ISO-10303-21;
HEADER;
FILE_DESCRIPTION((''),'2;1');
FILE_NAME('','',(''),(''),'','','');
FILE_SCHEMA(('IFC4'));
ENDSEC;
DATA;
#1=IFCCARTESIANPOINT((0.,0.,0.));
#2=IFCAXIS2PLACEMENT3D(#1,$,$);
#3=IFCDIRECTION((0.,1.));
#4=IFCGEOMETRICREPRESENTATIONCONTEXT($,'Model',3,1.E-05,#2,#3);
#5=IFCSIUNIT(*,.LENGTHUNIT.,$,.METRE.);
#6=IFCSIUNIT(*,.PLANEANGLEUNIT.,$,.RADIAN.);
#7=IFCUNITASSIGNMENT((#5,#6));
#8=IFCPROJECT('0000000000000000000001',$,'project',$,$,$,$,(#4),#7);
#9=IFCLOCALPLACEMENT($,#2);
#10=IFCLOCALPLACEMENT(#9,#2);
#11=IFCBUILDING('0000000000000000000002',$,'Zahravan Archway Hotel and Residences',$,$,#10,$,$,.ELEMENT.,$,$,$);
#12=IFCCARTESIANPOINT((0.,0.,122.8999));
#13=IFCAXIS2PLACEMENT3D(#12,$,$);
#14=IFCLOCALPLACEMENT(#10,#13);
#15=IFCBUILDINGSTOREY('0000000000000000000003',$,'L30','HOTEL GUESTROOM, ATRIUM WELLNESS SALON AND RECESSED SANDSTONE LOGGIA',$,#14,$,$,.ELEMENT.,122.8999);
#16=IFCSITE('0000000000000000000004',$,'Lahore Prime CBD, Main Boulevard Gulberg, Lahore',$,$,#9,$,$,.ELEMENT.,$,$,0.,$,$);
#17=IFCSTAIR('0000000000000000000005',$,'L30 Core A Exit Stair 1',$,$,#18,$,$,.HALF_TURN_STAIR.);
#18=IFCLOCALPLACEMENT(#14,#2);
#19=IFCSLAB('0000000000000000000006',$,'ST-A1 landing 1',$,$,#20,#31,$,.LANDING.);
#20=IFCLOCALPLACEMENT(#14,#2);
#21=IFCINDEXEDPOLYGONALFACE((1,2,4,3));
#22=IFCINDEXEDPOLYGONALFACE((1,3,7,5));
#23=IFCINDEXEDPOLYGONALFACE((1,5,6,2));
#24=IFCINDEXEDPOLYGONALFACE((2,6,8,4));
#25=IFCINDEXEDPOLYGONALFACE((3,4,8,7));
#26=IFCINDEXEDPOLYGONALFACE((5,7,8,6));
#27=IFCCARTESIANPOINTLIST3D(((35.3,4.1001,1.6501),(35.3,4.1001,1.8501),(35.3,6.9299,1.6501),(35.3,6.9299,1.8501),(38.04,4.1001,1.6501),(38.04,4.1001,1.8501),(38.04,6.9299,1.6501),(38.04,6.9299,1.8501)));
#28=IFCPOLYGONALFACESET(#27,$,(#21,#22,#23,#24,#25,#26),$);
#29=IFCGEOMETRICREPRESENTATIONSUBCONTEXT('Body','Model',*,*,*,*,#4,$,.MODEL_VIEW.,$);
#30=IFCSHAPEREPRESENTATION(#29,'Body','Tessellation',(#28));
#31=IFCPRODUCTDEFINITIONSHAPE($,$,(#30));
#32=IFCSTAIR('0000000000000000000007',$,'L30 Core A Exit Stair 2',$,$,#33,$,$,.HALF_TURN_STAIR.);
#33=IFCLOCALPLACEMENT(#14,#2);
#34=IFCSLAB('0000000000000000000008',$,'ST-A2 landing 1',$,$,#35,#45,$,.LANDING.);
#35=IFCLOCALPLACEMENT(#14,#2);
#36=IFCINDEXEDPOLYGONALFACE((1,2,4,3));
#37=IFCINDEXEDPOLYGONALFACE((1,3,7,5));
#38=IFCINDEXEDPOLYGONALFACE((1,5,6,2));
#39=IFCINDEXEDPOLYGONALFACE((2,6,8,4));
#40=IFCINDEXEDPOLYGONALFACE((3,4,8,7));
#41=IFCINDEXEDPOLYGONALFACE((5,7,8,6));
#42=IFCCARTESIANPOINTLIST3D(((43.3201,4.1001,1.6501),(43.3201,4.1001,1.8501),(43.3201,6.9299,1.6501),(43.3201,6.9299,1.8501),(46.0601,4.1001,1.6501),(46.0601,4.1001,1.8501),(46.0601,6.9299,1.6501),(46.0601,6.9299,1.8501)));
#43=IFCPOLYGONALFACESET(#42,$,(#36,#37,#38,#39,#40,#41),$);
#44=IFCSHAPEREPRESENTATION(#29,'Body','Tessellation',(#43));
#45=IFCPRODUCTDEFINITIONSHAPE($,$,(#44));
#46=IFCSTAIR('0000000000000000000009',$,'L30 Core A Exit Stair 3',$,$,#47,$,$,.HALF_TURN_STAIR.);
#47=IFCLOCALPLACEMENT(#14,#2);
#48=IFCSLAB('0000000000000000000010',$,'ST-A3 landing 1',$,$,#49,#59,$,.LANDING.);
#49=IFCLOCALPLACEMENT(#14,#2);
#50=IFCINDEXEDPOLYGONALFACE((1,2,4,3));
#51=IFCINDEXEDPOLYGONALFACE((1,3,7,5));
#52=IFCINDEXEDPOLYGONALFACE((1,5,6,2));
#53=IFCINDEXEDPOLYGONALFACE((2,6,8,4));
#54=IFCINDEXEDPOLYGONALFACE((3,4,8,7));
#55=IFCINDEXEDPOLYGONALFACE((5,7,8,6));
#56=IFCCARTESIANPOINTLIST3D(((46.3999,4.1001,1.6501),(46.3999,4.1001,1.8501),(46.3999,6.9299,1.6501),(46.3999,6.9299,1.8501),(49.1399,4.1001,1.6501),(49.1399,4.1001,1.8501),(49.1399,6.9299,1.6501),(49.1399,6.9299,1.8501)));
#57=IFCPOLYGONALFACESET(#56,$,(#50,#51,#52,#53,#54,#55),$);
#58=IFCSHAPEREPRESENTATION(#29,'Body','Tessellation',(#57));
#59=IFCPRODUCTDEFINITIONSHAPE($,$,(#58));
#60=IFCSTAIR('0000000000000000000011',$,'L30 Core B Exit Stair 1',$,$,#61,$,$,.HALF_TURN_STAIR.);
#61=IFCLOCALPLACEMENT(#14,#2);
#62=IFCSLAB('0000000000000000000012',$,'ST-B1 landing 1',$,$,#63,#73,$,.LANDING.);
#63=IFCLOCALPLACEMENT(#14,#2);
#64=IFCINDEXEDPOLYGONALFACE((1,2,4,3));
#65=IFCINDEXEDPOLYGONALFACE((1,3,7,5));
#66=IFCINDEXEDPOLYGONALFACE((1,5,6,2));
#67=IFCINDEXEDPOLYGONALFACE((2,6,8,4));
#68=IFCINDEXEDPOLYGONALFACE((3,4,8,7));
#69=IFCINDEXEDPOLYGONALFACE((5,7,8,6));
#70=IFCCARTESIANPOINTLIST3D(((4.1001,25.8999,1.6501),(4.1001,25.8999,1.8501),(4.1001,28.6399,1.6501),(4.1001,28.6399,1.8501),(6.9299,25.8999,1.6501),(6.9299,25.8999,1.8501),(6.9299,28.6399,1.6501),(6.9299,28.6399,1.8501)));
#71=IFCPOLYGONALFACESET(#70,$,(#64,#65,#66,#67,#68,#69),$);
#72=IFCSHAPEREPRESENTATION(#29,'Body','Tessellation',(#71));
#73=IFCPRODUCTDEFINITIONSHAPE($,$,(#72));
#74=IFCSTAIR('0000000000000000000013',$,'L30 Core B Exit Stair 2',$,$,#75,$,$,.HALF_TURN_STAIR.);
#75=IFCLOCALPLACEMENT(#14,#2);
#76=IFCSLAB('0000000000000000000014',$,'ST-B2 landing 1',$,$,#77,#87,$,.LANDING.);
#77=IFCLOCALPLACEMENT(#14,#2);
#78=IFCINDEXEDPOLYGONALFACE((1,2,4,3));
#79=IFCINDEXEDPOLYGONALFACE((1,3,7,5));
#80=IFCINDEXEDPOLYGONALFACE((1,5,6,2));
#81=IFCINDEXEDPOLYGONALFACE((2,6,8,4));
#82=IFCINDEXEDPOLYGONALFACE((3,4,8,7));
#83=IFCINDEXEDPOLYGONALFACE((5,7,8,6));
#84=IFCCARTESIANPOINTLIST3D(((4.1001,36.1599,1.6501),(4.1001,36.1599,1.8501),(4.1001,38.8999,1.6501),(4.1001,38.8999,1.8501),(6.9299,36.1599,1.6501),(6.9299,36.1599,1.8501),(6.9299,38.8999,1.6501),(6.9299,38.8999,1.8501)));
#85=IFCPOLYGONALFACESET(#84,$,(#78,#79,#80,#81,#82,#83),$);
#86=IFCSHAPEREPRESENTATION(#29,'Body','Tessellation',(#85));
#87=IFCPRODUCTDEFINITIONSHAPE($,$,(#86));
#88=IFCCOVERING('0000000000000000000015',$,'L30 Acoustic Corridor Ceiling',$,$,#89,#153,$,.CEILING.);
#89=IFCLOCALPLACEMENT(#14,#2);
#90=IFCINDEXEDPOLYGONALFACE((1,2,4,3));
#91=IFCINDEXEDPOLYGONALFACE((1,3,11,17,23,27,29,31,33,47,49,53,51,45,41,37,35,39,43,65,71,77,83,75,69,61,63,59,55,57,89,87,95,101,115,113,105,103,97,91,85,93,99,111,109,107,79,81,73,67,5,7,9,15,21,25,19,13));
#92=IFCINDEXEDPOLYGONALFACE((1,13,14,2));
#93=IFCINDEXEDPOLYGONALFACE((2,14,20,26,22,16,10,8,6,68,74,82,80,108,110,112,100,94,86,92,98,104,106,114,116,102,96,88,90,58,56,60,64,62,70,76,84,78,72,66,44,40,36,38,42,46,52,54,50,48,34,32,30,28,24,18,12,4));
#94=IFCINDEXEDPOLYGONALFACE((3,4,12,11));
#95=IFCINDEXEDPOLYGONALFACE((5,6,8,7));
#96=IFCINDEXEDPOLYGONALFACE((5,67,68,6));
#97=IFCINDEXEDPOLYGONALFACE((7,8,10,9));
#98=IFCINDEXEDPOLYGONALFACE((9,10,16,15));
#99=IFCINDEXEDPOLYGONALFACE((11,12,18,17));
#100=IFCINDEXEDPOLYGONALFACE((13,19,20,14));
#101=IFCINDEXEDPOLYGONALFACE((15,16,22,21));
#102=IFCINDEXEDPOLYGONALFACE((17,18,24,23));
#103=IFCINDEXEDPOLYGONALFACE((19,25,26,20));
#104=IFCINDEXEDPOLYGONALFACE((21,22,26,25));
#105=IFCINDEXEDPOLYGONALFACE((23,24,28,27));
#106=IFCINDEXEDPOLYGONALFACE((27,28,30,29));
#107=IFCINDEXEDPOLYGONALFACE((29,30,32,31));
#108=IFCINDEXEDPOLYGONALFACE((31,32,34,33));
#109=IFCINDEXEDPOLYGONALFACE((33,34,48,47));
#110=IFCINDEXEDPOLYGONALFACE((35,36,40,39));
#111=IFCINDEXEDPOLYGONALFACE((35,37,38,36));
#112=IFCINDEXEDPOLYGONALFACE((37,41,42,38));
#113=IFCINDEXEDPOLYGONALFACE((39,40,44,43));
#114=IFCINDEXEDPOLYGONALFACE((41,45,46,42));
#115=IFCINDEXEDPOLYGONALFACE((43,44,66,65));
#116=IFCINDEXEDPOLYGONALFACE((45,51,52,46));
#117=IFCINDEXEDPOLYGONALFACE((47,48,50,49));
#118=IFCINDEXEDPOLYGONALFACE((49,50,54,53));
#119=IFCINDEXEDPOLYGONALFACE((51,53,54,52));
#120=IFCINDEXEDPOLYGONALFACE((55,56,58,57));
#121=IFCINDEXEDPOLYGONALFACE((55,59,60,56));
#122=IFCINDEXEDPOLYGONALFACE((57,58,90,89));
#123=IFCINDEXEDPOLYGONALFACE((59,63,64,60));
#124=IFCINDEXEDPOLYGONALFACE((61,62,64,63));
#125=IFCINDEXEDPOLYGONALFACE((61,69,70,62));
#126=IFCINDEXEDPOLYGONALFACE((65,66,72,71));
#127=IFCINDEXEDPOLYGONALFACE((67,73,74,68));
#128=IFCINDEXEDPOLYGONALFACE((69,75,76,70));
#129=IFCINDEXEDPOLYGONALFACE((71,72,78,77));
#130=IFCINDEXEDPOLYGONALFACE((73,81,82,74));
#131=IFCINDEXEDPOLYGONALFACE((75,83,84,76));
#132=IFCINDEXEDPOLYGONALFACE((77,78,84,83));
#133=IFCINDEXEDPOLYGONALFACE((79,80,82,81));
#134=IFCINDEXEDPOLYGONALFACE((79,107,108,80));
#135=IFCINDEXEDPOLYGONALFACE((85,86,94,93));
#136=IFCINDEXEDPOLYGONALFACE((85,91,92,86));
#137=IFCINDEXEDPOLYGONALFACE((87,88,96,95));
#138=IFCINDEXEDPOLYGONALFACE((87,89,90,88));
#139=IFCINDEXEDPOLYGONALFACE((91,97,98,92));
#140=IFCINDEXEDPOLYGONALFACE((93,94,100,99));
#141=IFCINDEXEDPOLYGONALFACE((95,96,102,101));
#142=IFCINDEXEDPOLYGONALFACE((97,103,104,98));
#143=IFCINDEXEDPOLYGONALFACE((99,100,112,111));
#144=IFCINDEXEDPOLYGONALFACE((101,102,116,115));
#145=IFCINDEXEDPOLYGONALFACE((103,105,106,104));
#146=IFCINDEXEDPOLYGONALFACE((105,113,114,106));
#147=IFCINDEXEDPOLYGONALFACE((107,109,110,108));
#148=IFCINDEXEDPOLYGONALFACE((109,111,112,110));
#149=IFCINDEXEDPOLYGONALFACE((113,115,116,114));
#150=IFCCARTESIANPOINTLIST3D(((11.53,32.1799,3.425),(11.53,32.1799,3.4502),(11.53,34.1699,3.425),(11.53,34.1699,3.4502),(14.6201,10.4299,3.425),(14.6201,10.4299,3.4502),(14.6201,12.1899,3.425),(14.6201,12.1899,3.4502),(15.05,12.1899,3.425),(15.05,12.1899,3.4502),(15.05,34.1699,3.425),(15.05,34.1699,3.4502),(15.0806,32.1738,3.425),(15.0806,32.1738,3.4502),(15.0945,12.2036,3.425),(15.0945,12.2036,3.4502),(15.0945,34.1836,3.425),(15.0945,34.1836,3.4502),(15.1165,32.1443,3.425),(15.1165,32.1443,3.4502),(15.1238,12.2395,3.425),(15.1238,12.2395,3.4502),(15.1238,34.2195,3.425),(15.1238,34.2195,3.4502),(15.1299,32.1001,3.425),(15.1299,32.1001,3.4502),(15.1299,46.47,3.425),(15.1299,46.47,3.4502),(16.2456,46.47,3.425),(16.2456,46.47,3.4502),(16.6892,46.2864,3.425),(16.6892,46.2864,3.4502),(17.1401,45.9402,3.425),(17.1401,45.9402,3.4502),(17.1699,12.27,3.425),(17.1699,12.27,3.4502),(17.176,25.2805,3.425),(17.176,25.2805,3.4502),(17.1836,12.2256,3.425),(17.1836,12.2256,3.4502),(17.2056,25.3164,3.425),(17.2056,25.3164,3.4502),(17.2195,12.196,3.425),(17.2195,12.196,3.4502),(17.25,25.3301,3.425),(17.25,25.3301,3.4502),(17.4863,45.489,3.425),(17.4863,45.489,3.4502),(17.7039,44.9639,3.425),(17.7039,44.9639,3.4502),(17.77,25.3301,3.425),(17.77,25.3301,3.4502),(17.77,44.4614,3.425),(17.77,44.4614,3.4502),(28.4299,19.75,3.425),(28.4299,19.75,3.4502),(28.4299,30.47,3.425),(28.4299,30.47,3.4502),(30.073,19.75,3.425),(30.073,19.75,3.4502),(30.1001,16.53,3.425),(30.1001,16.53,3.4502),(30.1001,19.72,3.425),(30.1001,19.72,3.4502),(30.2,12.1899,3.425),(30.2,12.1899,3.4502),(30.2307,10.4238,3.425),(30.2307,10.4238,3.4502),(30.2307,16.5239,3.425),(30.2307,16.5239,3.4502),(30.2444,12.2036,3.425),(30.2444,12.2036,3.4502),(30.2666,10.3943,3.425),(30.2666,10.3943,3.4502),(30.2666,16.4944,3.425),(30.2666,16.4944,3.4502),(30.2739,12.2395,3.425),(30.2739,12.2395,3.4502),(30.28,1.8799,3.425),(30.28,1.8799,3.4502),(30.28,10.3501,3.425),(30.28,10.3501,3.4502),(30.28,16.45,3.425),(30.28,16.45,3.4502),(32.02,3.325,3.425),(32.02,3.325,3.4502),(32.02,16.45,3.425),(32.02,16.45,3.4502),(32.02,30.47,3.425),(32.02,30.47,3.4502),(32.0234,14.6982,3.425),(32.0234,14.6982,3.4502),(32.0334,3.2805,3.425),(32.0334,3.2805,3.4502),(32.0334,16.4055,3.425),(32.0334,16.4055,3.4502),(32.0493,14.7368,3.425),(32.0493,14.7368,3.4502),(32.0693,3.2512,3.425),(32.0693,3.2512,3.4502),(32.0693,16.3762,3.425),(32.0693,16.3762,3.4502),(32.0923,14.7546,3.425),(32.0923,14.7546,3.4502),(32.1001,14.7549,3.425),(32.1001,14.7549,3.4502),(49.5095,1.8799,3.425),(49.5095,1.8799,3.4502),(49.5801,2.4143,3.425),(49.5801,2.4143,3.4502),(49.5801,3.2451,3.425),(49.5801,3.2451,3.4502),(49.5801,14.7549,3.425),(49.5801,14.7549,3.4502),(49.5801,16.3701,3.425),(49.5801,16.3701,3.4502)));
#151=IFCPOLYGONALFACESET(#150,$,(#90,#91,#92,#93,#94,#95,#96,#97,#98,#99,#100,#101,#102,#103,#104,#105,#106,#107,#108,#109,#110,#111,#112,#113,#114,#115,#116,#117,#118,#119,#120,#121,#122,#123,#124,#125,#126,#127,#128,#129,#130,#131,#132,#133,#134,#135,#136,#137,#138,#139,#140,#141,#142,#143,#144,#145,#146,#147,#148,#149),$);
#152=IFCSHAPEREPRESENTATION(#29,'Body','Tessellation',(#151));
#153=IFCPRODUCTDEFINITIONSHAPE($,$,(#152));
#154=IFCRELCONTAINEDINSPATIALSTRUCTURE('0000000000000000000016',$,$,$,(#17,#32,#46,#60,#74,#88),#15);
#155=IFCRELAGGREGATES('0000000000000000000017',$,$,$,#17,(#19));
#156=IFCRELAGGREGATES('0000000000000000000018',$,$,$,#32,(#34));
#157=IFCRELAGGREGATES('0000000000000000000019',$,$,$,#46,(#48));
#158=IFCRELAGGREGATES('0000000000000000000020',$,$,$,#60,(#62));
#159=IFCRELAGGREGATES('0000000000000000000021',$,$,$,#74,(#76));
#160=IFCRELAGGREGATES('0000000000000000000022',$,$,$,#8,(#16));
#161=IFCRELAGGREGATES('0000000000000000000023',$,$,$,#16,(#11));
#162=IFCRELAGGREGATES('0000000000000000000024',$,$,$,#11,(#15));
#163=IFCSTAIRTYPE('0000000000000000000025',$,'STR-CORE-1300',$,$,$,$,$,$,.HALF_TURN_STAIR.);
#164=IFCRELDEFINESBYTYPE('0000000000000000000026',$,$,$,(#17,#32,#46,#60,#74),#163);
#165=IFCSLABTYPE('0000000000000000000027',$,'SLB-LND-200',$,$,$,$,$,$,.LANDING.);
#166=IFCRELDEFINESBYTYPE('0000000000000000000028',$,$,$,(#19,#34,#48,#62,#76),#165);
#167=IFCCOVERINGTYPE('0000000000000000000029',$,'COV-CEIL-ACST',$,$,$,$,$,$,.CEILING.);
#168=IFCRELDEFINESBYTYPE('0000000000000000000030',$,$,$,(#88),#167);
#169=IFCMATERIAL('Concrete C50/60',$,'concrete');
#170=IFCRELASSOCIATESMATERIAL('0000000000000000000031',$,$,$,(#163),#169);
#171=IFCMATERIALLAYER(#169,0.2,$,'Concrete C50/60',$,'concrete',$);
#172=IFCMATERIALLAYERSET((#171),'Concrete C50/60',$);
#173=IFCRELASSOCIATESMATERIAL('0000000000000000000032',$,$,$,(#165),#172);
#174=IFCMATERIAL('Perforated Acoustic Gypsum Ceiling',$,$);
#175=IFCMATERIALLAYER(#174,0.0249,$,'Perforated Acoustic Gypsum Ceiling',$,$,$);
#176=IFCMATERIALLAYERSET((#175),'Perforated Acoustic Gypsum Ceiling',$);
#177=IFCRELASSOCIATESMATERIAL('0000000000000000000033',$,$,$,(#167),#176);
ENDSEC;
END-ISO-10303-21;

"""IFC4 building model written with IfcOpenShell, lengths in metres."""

from ifc_helpers import new_model, si_unit, direction, frame, origin, place, context, subcontext, project, spatial, polyline, outline, extrude, material, layer, layer_set, type_object, element, aggregate, save


model = new_model("IFC4")

# Units and contexts
model_context = context("Model", 3, precision=1e-05, world=origin(), true_north=direction((0.0, 1.0)))
body_context = subcontext(model_context, "Body", "Model", "MODEL_VIEW")
ifc_project = project(units=[si_unit("LENGTHUNIT", "METRE"), si_unit("PLANEANGLEUNIT", "RADIAN")], contexts=[model_context])

# Site, building, storey
site_placement = place(None, origin())
site = spatial("IfcSite", under=ifc_project, at=site_placement, Name="Lahore Prime CBD, Main Boulevard Gulberg, Lahore", CompositionType="ELEMENT", RefElevation=0.0)
building_placement = place(site_placement, origin())
building = spatial("IfcBuilding", under=site, at=building_placement, Name="Zahravan Archway Hotel and Residences", CompositionType="ELEMENT")
storey_placement = place(building_placement, frame((0.0, 0.0, 122.8999)))
storey = spatial("IfcBuildingStorey", under=building, at=storey_placement, Name="L30", Description="HOTEL GUESTROOM, ATRIUM WELLNESS SALON AND RECESSED SANDSTONE LOGGIA", CompositionType="ELEMENT", Elevation=122.8999)

# Stairs, slabs
ifc_material_1 = material(Name="Concrete C50/60", Category="concrete")
stair_type = type_object("IfcStairType", Name="STR-CORE-1300", PredefinedType="HALF_TURN_STAIR", material=ifc_material_1)
stair_1_placement = place(storey_placement, origin())
stair_1 = element("IfcStair", 1, at=stair_1_placement, inside=storey, type_object=stair_type, Name="L30 Core A Exit Stair 1", PredefinedType="HALF_TURN_STAIR")
ifc_layer_1 = layer(ifc_material_1, 0.2, Name="Concrete C50/60", Category="concrete")
ifc_layer_set_1 = layer_set([ifc_layer_1], Name="Concrete C50/60")
slab_type_1 = type_object("IfcSlabType", Name="SLB-LND-200", PredefinedType="LANDING", material=ifc_layer_set_1)
slab_1_placement = place(storey_placement, frame((0.0, 0.0, 1.6501)))
slab_1 = element("IfcSlab", 2, at=slab_1_placement, type_object=slab_type_1, Name="ST-A1 landing 1", PredefinedType="LANDING", context=body_context, shape_type="SweptSolid", body=[
    extrude(outline(polyline([(35.3, 6.9299), (35.3, 4.1001), (38.04, 4.1001), (38.04, 6.9299), (35.3, 6.9299)])), origin(), (0.0, 0.0, 1.0), 0.2),
])
aggregate(stair_1, [slab_1])
stair_2_placement = place(storey_placement, origin())
stair_2 = element("IfcStair", 3, at=stair_2_placement, inside=storey, type_object=stair_type, Name="L30 Core A Exit Stair 2", PredefinedType="HALF_TURN_STAIR")
slab_2_placement = place(storey_placement, frame((0.0, 0.0, 1.6501)))
slab_2 = element("IfcSlab", 4, at=slab_2_placement, type_object=slab_type_1, Name="ST-A2 landing 1", PredefinedType="LANDING", context=body_context, shape_type="SweptSolid", body=[
    extrude(outline(polyline([(43.3201, 6.9299), (43.3201, 4.1001), (46.0601, 4.1001), (46.0601, 6.9299), (43.3201, 6.9299)])), origin(), (0.0, 0.0, 1.0), 0.2),
])
aggregate(stair_2, [slab_2])
stair_3_placement = place(storey_placement, origin())
stair_3 = element("IfcStair", 5, at=stair_3_placement, inside=storey, type_object=stair_type, Name="L30 Core A Exit Stair 3", PredefinedType="HALF_TURN_STAIR")
slab_3_placement = place(storey_placement, frame((0.0, 0.0, 1.6501)))
slab_3 = element("IfcSlab", 6, at=slab_3_placement, type_object=slab_type_1, Name="ST-A3 landing 1", PredefinedType="LANDING", context=body_context, shape_type="SweptSolid", body=[
    extrude(outline(polyline([(46.3999, 6.9299), (46.3999, 4.1001), (49.1399, 4.1001), (49.1399, 6.9299), (46.3999, 6.9299)])), origin(), (0.0, 0.0, 1.0), 0.2),
])
aggregate(stair_3, [slab_3])
stair_4_placement = place(storey_placement, origin())
stair_4 = element("IfcStair", 7, at=stair_4_placement, inside=storey, type_object=stair_type, Name="L30 Core B Exit Stair 1", PredefinedType="HALF_TURN_STAIR")
slab_4_placement = place(storey_placement, frame((0.0, 0.0, 1.6501)))
slab_4 = element("IfcSlab", 8, at=slab_4_placement, type_object=slab_type_1, Name="ST-B1 landing 1", PredefinedType="LANDING", context=body_context, shape_type="SweptSolid", body=[
    extrude(outline(polyline([(6.9299, 28.6399), (4.1001, 28.6399), (4.1001, 25.8999), (6.9299, 25.8999), (6.9299, 28.6399)])), origin(), (0.0, 0.0, 1.0), 0.2),
])
aggregate(stair_4, [slab_4])
stair_5_placement = place(storey_placement, origin())
stair_5 = element("IfcStair", 9, at=stair_5_placement, inside=storey, type_object=stair_type, Name="L30 Core B Exit Stair 2", PredefinedType="HALF_TURN_STAIR")
slab_5_placement = place(storey_placement, frame((0.0, 0.0, 1.6501)))
slab_5 = element("IfcSlab", 10, at=slab_5_placement, type_object=slab_type_1, Name="ST-B2 landing 1", PredefinedType="LANDING", context=body_context, shape_type="SweptSolid", body=[
    extrude(outline(polyline([(6.9299, 38.8999), (4.1001, 38.8999), (4.1001, 36.1599), (6.9299, 36.1599), (6.9299, 38.8999)])), origin(), (0.0, 0.0, 1.0), 0.2),
])
aggregate(stair_5, [slab_5])

# Covering
ifc_material_2 = material(Name="Perforated Acoustic Gypsum Ceiling")
ifc_layer_2 = layer(ifc_material_2, 0.0249, Name="Perforated Acoustic Gypsum Ceiling")
ifc_layer_set_2 = layer_set([ifc_layer_2], Name="Perforated Acoustic Gypsum Ceiling")
covering_type_1 = type_object("IfcCoveringType", Name="COV-CEIL-ACST", PredefinedType="CEILING", material=ifc_layer_set_2)
covering_1_placement = place(storey_placement, frame((0.0, 0.0, 3.425)))
element("IfcCovering", 11, at=covering_1_placement, inside=storey, type_object=covering_type_1, Name="L30 Acoustic Corridor Ceiling", PredefinedType="CEILING", context=body_context, shape_type="SweptSolid", body=[
    extrude(outline(polyline([(32.0923, 14.7546), (32.0493, 14.7368), (32.0234, 14.6982), (32.02, 3.325), (32.0334, 3.2805), (32.0693, 3.2512), (49.5801, 3.2451), (49.5801, 2.4143), (49.5095, 1.8799), (30.28, 1.8799), (30.28, 10.3501), (30.2666, 10.3943), (30.2307, 10.4238), (14.6201, 10.4299), (14.6201, 12.1899), (15.05, 12.1899), (15.0945, 12.2036), (15.1238, 12.2395), (15.1299, 32.1001), (15.1165, 32.1443), (15.0806, 32.1738), (11.53, 32.1799), (11.53, 34.1699), (15.05, 34.1699), (15.0945, 34.1836), (15.1238, 34.2195), (15.1299, 46.47), (16.2456, 46.47), (16.6892, 46.2864), (17.1401, 45.9402), (17.4863, 45.489), (17.7039, 44.9639), (17.77, 44.4614), (17.77, 25.3301), (17.25, 25.3301), (17.2056, 25.3164), (17.176, 25.2805), (17.1699, 12.27), (17.1836, 12.2256), (17.2195, 12.196), (30.2, 12.1899), (30.2444, 12.2036), (30.2739, 12.2395), (30.28, 16.45), (30.2666, 16.4944), (30.2307, 16.5239), (30.1001, 16.53), (30.1001, 19.72), (30.073, 19.75), (28.4299, 19.75), (28.4299, 30.47), (32.02, 30.47), (32.02, 16.45), (32.0334, 16.4055), (32.0693, 16.3762), (49.5801, 16.3701), (49.5801, 14.7549), (32.1001, 14.7549), (32.0923, 14.7546)])), origin(), (0.0, 0.0, 1.0), 0.0251),
])

save(model, "model.ifc")
